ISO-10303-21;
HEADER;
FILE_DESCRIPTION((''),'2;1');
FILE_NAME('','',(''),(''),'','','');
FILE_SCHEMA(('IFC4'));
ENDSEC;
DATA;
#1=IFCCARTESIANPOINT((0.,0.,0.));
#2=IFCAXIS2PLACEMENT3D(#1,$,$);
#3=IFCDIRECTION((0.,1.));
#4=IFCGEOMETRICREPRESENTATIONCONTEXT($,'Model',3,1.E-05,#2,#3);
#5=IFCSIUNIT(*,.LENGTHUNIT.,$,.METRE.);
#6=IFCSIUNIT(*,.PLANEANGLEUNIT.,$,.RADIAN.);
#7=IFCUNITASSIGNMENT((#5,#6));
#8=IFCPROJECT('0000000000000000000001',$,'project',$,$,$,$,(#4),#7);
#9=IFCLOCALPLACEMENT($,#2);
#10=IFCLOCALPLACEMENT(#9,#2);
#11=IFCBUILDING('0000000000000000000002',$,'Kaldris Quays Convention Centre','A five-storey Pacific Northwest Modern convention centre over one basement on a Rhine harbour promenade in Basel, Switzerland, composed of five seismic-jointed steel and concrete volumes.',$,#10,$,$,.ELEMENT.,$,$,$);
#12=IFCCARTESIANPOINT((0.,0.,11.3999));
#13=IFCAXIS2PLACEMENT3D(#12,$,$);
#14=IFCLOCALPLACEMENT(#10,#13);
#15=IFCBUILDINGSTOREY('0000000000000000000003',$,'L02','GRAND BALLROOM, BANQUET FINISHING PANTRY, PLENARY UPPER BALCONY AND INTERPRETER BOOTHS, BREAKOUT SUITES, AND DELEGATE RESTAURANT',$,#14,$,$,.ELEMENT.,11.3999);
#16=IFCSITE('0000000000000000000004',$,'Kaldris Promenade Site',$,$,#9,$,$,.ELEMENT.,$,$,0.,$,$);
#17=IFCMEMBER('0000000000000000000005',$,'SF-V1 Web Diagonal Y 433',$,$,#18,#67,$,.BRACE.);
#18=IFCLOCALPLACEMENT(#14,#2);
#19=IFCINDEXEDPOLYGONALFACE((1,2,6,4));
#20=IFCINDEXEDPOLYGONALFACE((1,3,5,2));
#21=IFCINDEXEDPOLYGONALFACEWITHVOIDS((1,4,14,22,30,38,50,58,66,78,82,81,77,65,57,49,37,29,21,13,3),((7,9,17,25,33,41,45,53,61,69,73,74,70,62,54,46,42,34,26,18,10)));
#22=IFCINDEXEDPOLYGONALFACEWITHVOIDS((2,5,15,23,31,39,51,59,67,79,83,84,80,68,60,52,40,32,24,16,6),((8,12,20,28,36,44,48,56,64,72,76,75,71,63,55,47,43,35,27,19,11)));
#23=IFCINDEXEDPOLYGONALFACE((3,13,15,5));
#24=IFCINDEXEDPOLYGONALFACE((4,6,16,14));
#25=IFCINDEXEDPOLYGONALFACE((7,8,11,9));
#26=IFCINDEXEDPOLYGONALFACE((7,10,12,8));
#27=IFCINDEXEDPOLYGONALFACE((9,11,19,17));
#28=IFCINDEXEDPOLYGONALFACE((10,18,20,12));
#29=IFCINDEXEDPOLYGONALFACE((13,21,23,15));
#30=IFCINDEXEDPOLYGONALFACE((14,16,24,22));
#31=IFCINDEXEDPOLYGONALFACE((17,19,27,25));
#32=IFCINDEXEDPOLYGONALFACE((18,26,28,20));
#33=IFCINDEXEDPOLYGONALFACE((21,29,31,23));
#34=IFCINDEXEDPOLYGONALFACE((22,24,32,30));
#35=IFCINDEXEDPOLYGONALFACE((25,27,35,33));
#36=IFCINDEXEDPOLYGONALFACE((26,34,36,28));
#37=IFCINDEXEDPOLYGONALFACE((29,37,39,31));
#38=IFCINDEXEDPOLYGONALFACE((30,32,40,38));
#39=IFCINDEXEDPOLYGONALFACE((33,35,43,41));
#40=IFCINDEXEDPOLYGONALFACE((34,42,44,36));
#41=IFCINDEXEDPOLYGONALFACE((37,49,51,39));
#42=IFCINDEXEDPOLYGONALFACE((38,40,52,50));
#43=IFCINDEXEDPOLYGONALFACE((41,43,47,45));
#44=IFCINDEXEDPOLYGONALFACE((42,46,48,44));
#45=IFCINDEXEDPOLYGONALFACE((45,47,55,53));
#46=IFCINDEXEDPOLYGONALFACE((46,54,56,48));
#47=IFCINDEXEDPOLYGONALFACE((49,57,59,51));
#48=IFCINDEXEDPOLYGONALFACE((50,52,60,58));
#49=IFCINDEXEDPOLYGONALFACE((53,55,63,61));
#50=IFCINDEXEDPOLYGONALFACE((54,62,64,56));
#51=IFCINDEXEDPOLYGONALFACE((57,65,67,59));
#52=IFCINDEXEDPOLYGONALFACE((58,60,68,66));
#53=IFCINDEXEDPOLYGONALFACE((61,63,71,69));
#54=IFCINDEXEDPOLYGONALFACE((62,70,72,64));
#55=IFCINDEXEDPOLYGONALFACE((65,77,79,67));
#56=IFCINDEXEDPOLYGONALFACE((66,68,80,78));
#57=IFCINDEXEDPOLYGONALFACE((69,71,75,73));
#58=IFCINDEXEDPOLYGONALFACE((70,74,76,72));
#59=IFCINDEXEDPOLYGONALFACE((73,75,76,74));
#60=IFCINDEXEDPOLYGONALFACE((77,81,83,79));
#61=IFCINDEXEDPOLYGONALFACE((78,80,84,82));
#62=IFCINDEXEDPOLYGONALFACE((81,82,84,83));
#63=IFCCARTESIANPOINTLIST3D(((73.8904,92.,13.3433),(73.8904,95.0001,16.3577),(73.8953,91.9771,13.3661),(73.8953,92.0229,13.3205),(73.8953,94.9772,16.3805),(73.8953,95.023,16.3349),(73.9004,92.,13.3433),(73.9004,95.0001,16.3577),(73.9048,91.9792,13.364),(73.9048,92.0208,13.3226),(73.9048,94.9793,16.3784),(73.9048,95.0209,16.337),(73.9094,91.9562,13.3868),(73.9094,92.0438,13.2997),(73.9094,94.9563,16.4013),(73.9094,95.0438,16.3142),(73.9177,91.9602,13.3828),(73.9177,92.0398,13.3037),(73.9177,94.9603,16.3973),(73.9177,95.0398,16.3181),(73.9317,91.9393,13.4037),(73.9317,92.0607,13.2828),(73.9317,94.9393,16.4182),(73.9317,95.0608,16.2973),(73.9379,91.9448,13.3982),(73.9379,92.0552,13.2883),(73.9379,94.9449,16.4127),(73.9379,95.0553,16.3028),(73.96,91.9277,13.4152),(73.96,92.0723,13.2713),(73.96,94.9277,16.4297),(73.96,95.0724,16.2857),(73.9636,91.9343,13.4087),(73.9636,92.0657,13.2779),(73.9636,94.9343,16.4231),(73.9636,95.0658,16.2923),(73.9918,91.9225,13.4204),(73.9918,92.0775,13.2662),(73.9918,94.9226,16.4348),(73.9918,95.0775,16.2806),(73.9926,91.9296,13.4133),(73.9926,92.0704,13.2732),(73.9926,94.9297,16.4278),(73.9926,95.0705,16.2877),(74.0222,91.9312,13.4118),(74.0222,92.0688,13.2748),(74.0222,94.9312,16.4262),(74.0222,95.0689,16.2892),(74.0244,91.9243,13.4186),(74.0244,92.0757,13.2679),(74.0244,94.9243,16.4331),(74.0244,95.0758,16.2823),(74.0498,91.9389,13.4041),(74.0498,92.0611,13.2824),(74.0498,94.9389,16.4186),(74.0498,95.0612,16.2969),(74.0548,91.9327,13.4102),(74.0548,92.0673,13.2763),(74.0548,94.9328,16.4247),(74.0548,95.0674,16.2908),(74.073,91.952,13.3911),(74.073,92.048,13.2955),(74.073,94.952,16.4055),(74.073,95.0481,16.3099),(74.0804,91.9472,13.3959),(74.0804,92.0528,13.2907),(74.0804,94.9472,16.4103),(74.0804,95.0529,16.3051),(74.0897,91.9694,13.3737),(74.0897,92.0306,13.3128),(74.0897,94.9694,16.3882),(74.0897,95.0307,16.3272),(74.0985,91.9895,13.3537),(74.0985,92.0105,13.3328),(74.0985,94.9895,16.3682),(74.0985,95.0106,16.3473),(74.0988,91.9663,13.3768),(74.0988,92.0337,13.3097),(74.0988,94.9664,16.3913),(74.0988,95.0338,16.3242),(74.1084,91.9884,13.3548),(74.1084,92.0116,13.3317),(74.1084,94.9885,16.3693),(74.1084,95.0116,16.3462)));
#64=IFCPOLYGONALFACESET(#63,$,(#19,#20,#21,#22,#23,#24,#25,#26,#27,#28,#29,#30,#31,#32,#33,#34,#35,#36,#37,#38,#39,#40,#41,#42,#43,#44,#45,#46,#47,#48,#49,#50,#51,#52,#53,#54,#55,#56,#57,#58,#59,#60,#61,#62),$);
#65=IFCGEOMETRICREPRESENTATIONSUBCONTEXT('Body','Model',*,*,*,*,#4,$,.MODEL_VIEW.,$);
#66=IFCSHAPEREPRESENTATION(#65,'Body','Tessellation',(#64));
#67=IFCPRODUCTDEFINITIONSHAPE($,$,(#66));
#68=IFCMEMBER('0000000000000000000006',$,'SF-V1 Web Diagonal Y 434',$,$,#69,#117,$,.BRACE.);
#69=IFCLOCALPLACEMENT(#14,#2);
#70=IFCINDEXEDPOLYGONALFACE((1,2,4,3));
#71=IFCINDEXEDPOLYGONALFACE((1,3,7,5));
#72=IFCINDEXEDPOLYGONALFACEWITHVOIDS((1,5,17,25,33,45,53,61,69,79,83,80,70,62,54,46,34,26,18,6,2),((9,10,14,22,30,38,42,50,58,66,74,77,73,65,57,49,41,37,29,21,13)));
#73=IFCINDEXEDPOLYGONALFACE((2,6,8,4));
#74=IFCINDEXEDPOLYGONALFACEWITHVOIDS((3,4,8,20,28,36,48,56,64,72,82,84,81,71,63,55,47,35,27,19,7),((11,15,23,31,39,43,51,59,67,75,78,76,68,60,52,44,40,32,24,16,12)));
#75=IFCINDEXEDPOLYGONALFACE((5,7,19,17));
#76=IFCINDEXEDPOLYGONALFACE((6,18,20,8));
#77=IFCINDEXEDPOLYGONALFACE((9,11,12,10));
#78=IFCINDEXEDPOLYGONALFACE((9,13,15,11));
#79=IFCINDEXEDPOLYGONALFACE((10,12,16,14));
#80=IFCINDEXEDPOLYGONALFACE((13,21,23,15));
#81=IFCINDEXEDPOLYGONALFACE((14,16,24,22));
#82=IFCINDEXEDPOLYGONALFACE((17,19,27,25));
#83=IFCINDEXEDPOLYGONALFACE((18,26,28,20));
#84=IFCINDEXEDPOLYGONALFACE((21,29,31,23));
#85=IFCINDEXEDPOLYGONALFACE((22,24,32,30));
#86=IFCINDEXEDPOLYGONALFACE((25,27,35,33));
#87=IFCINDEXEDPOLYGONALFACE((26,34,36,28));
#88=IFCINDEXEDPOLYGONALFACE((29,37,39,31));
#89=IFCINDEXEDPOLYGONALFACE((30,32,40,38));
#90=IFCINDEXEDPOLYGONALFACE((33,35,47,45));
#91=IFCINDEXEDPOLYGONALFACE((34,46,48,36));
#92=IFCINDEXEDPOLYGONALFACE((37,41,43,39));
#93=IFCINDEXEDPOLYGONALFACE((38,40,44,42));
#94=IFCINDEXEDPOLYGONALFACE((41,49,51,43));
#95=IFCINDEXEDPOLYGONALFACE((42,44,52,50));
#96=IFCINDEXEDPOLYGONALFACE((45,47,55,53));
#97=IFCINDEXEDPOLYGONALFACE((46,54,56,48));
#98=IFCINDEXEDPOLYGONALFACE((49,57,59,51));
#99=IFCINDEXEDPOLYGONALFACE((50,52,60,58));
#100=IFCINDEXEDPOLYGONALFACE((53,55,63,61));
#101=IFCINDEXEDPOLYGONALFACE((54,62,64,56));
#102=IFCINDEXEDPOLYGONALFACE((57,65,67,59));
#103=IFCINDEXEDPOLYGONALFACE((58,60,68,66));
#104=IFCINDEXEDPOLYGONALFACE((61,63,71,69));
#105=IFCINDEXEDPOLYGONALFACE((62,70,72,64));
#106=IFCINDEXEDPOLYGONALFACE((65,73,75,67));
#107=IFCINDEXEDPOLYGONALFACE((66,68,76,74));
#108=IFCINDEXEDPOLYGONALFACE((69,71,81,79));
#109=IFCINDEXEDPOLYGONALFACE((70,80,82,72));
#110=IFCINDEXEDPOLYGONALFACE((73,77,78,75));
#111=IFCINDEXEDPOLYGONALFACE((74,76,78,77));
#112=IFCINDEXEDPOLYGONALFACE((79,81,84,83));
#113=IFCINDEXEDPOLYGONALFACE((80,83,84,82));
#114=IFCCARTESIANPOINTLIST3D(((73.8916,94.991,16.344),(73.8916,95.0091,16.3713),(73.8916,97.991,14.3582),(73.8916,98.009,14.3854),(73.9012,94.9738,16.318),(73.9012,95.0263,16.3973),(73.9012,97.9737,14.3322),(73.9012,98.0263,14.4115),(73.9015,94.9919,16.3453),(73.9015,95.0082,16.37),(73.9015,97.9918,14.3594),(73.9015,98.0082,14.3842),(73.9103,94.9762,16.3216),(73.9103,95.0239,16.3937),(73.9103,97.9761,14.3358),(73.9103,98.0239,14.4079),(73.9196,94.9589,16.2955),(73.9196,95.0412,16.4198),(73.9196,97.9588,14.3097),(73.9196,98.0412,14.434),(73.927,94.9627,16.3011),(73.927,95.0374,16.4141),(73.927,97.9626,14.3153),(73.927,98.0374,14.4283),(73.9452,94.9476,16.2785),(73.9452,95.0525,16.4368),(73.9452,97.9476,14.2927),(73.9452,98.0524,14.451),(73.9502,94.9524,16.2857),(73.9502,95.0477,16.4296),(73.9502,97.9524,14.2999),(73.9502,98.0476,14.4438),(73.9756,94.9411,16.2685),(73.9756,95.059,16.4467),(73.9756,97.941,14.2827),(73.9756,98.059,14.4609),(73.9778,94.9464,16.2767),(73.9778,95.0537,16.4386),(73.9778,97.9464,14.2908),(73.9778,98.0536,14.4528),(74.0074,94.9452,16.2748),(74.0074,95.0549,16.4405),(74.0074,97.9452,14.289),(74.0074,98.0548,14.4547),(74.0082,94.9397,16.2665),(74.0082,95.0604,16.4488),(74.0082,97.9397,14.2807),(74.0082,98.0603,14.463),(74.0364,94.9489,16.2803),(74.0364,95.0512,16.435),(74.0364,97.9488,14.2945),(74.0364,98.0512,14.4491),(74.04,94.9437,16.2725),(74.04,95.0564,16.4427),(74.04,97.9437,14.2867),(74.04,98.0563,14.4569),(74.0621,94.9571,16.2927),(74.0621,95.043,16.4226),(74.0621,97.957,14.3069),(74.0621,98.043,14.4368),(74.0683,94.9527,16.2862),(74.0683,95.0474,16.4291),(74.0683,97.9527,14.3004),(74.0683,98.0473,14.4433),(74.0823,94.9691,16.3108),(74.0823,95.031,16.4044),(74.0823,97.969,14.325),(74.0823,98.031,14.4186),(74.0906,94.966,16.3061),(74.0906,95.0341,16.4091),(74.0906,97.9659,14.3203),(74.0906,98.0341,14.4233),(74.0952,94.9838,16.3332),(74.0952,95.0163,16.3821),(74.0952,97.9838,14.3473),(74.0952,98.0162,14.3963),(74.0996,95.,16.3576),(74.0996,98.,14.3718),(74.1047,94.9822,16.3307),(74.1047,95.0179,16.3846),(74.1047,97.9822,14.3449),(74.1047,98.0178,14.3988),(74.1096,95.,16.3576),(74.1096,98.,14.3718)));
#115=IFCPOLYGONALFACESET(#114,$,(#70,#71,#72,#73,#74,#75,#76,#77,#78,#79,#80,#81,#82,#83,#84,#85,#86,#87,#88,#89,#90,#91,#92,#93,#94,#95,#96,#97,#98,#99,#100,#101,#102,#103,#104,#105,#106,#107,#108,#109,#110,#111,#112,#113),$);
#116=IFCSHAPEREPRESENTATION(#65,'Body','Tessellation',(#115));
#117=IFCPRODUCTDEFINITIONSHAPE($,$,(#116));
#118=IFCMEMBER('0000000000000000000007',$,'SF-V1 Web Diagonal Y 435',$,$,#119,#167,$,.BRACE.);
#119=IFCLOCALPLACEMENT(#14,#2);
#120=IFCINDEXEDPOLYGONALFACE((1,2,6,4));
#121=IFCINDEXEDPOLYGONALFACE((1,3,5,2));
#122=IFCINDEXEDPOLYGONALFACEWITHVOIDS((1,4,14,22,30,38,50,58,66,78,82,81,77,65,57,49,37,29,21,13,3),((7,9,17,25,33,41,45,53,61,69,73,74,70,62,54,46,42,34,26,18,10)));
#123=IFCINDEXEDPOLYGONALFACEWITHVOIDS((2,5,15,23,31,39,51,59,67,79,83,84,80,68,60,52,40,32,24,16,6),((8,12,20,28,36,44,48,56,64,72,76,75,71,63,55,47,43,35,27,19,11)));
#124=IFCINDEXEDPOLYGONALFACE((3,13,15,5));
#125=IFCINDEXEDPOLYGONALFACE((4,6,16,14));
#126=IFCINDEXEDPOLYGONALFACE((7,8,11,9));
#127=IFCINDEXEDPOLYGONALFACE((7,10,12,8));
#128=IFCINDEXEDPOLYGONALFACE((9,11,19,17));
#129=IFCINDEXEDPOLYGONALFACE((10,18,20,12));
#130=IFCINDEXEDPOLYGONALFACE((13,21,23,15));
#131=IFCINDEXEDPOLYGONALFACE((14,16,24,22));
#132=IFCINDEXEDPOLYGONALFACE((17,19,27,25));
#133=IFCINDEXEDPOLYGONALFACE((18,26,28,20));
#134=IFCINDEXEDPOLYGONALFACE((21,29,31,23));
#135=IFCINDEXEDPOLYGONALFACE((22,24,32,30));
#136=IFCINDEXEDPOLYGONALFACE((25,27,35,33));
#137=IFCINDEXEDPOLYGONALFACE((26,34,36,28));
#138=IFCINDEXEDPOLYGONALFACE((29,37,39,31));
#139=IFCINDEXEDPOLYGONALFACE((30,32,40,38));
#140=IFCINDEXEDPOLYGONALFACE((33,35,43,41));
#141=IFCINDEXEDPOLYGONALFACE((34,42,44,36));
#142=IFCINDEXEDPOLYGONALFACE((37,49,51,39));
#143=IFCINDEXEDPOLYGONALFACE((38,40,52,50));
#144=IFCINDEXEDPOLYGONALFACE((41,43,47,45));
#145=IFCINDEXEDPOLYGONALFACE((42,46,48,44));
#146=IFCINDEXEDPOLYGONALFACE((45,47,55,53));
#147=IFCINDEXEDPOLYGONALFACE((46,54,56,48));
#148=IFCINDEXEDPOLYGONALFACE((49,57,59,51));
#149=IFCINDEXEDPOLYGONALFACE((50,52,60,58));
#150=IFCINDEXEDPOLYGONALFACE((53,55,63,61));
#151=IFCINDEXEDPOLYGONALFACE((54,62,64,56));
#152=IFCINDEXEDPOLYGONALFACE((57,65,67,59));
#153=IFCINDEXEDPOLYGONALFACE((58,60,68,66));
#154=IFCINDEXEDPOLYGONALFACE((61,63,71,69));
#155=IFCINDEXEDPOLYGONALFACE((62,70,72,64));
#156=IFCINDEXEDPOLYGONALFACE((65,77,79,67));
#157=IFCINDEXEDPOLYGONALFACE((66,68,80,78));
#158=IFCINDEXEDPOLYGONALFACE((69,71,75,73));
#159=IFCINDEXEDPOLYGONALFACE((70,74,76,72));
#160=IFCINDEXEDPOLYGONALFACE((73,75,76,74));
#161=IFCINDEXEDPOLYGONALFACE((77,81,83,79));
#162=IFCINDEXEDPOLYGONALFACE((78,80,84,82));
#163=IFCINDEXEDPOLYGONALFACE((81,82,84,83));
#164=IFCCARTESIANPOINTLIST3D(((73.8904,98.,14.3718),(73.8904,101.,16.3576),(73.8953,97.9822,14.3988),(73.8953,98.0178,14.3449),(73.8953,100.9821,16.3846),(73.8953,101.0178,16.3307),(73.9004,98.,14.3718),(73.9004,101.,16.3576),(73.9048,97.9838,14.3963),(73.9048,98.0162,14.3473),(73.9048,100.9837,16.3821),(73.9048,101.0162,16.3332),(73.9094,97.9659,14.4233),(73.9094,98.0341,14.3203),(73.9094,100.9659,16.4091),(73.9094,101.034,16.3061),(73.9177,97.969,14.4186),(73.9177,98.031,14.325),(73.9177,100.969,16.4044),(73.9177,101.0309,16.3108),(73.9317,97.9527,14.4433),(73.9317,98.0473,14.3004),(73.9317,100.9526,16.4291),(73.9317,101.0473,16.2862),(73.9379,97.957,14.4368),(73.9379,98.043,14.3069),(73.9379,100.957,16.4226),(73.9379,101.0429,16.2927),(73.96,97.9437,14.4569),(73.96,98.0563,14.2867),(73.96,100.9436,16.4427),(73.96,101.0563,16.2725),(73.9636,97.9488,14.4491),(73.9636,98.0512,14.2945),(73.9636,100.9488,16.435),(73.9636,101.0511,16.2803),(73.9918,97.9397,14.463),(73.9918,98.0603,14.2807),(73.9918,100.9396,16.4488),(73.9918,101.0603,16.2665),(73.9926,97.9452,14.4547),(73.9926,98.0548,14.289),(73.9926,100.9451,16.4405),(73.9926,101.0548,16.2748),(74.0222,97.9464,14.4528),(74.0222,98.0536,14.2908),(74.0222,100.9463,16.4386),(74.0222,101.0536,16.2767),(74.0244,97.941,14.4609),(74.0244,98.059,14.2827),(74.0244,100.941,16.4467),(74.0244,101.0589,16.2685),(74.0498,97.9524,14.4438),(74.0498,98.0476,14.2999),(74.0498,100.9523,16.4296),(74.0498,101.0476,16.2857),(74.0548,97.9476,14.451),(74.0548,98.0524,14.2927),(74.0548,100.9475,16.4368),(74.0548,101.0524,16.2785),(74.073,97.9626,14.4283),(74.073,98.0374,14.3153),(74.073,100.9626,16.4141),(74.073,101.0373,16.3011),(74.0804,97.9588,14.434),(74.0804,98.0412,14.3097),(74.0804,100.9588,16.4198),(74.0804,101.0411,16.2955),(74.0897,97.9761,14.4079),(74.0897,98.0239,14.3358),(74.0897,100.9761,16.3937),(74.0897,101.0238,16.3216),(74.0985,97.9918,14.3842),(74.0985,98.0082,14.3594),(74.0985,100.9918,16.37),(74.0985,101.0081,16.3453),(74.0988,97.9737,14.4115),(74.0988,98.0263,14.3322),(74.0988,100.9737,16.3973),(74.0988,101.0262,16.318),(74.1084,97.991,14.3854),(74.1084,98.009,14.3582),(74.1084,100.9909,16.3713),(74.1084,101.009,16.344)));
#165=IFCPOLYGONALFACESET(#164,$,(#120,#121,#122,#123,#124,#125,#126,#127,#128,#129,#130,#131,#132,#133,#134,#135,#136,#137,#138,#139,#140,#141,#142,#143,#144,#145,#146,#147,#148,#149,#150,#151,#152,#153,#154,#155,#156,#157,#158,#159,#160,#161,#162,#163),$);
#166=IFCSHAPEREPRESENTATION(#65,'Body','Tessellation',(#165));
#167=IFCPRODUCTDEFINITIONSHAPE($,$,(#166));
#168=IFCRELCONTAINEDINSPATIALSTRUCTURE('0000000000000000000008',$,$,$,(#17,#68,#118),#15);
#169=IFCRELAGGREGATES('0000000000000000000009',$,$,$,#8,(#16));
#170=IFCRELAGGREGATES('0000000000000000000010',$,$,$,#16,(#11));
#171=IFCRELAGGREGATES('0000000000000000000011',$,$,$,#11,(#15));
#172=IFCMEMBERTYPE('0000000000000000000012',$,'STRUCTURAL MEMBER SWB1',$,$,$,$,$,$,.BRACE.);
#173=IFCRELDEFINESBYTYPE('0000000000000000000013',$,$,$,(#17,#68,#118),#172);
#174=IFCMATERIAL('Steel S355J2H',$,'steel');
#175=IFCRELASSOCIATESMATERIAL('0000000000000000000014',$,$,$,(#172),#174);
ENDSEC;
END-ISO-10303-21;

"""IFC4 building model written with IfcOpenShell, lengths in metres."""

from ifc_helpers import new_model, si_unit, direction, frame, origin, origin_2d, place, context, subcontext, project, spatial, hollow_circle, extrude, material, material_profile, profile_set, type_object, element, save


model = new_model("IFC4")

# Units and contexts
model_context = context("Model", 3, precision=1e-05, world=origin(), true_north=direction((0.0, 1.0)))
body_context = subcontext(model_context, "Body", "Model", "MODEL_VIEW")
ifc_project = project(units=[si_unit("LENGTHUNIT", "METRE"), si_unit("PLANEANGLEUNIT", "RADIAN")], contexts=[model_context])

# Site, building, storey
site_placement = place(None, origin())
site = spatial("IfcSite", under=ifc_project, at=site_placement, Name="Kaldris Promenade Site", CompositionType="ELEMENT", RefElevation=0.0)
building_placement = place(site_placement, origin())
building = spatial("IfcBuilding", under=site, at=building_placement, Name="Kaldris Quays Convention Centre", Description="A five-storey Pacific Northwest Modern convention centre over one basement on a Rhine harbour promenade in Basel, Switzerland, composed of five seismic-jointed steel and concrete volumes.", CompositionType="ELEMENT")
storey_placement = place(building_placement, frame((0.0, 0.0, 11.3999)))
storey = spatial("IfcBuildingStorey", under=building, at=storey_placement, Name="L02", Description="GRAND BALLROOM, BANQUET FINISHING PANTRY, PLENARY UPPER BALCONY AND INTERPRETER BOOTHS, BREAKOUT SUITES, AND DELEGATE RESTAURANT", CompositionType="ELEMENT", Elevation=11.3999)

# Members
ifc_material_1 = material(Name="Steel S355J2H", Category="steel")
ifc_material_profile_1 = material_profile(ifc_material_1, hollow_circle(Radius=0.1096, WallThickness=0.01, at=origin_2d()), Name="CHS 219.1x10")
ifc_profile_set_1 = profile_set([ifc_material_profile_1], Name="Steel S355J2H")
member_type_1 = type_object("IfcMemberType", Name="STRUCTURAL MEMBER SWB1", PredefinedType="BRACE", material=ifc_profile_set_1)
member_1_placement = place(storey_placement, frame((74.0, 92.0, 13.3433), z_axis=(0.0, 0.705411, 0.708798), x_axis=(-1.0, 0.0, 0.0)))
element("IfcMember", 1, at=member_1_placement, inside=storey, type_object=member_type_1, Name="SF-V1 Web Diagonal Y 433", PredefinedType="BRACE", context=body_context, shape_type="SweptSolid", body=[
    extrude(hollow_circle(Radius=0.1096, WallThickness=0.01, at=origin_2d()), origin(), (0.0, 0.0, 1.0), 4.2529),
])
for number, where, z_axis, x_axis, name in (
    (2, (74.0, 98.0, 14.3718), (0.0, -0.833862, 0.551972), (1.0, 0.0, 0.0), "SF-V1 Web Diagonal Y 434"),
    (3, (74.0, 98.0, 14.3718), (0.0, 0.833862, 0.551972), (-1.0, 0.0, 0.0), "SF-V1 Web Diagonal Y 435"),
):
    element("IfcMember", number, at=place(storey_placement, frame(where, z_axis=z_axis, x_axis=x_axis)), inside=storey, type_object=member_type_1, Name=name, PredefinedType="BRACE", context=body_context, shape_type="SweptSolid", body=[
        extrude(hollow_circle(Radius=0.1096, WallThickness=0.01, at=origin_2d()), origin(), (0.0, 0.0, 1.0), 3.5977),
    ])

save(model, "model.ifc")
